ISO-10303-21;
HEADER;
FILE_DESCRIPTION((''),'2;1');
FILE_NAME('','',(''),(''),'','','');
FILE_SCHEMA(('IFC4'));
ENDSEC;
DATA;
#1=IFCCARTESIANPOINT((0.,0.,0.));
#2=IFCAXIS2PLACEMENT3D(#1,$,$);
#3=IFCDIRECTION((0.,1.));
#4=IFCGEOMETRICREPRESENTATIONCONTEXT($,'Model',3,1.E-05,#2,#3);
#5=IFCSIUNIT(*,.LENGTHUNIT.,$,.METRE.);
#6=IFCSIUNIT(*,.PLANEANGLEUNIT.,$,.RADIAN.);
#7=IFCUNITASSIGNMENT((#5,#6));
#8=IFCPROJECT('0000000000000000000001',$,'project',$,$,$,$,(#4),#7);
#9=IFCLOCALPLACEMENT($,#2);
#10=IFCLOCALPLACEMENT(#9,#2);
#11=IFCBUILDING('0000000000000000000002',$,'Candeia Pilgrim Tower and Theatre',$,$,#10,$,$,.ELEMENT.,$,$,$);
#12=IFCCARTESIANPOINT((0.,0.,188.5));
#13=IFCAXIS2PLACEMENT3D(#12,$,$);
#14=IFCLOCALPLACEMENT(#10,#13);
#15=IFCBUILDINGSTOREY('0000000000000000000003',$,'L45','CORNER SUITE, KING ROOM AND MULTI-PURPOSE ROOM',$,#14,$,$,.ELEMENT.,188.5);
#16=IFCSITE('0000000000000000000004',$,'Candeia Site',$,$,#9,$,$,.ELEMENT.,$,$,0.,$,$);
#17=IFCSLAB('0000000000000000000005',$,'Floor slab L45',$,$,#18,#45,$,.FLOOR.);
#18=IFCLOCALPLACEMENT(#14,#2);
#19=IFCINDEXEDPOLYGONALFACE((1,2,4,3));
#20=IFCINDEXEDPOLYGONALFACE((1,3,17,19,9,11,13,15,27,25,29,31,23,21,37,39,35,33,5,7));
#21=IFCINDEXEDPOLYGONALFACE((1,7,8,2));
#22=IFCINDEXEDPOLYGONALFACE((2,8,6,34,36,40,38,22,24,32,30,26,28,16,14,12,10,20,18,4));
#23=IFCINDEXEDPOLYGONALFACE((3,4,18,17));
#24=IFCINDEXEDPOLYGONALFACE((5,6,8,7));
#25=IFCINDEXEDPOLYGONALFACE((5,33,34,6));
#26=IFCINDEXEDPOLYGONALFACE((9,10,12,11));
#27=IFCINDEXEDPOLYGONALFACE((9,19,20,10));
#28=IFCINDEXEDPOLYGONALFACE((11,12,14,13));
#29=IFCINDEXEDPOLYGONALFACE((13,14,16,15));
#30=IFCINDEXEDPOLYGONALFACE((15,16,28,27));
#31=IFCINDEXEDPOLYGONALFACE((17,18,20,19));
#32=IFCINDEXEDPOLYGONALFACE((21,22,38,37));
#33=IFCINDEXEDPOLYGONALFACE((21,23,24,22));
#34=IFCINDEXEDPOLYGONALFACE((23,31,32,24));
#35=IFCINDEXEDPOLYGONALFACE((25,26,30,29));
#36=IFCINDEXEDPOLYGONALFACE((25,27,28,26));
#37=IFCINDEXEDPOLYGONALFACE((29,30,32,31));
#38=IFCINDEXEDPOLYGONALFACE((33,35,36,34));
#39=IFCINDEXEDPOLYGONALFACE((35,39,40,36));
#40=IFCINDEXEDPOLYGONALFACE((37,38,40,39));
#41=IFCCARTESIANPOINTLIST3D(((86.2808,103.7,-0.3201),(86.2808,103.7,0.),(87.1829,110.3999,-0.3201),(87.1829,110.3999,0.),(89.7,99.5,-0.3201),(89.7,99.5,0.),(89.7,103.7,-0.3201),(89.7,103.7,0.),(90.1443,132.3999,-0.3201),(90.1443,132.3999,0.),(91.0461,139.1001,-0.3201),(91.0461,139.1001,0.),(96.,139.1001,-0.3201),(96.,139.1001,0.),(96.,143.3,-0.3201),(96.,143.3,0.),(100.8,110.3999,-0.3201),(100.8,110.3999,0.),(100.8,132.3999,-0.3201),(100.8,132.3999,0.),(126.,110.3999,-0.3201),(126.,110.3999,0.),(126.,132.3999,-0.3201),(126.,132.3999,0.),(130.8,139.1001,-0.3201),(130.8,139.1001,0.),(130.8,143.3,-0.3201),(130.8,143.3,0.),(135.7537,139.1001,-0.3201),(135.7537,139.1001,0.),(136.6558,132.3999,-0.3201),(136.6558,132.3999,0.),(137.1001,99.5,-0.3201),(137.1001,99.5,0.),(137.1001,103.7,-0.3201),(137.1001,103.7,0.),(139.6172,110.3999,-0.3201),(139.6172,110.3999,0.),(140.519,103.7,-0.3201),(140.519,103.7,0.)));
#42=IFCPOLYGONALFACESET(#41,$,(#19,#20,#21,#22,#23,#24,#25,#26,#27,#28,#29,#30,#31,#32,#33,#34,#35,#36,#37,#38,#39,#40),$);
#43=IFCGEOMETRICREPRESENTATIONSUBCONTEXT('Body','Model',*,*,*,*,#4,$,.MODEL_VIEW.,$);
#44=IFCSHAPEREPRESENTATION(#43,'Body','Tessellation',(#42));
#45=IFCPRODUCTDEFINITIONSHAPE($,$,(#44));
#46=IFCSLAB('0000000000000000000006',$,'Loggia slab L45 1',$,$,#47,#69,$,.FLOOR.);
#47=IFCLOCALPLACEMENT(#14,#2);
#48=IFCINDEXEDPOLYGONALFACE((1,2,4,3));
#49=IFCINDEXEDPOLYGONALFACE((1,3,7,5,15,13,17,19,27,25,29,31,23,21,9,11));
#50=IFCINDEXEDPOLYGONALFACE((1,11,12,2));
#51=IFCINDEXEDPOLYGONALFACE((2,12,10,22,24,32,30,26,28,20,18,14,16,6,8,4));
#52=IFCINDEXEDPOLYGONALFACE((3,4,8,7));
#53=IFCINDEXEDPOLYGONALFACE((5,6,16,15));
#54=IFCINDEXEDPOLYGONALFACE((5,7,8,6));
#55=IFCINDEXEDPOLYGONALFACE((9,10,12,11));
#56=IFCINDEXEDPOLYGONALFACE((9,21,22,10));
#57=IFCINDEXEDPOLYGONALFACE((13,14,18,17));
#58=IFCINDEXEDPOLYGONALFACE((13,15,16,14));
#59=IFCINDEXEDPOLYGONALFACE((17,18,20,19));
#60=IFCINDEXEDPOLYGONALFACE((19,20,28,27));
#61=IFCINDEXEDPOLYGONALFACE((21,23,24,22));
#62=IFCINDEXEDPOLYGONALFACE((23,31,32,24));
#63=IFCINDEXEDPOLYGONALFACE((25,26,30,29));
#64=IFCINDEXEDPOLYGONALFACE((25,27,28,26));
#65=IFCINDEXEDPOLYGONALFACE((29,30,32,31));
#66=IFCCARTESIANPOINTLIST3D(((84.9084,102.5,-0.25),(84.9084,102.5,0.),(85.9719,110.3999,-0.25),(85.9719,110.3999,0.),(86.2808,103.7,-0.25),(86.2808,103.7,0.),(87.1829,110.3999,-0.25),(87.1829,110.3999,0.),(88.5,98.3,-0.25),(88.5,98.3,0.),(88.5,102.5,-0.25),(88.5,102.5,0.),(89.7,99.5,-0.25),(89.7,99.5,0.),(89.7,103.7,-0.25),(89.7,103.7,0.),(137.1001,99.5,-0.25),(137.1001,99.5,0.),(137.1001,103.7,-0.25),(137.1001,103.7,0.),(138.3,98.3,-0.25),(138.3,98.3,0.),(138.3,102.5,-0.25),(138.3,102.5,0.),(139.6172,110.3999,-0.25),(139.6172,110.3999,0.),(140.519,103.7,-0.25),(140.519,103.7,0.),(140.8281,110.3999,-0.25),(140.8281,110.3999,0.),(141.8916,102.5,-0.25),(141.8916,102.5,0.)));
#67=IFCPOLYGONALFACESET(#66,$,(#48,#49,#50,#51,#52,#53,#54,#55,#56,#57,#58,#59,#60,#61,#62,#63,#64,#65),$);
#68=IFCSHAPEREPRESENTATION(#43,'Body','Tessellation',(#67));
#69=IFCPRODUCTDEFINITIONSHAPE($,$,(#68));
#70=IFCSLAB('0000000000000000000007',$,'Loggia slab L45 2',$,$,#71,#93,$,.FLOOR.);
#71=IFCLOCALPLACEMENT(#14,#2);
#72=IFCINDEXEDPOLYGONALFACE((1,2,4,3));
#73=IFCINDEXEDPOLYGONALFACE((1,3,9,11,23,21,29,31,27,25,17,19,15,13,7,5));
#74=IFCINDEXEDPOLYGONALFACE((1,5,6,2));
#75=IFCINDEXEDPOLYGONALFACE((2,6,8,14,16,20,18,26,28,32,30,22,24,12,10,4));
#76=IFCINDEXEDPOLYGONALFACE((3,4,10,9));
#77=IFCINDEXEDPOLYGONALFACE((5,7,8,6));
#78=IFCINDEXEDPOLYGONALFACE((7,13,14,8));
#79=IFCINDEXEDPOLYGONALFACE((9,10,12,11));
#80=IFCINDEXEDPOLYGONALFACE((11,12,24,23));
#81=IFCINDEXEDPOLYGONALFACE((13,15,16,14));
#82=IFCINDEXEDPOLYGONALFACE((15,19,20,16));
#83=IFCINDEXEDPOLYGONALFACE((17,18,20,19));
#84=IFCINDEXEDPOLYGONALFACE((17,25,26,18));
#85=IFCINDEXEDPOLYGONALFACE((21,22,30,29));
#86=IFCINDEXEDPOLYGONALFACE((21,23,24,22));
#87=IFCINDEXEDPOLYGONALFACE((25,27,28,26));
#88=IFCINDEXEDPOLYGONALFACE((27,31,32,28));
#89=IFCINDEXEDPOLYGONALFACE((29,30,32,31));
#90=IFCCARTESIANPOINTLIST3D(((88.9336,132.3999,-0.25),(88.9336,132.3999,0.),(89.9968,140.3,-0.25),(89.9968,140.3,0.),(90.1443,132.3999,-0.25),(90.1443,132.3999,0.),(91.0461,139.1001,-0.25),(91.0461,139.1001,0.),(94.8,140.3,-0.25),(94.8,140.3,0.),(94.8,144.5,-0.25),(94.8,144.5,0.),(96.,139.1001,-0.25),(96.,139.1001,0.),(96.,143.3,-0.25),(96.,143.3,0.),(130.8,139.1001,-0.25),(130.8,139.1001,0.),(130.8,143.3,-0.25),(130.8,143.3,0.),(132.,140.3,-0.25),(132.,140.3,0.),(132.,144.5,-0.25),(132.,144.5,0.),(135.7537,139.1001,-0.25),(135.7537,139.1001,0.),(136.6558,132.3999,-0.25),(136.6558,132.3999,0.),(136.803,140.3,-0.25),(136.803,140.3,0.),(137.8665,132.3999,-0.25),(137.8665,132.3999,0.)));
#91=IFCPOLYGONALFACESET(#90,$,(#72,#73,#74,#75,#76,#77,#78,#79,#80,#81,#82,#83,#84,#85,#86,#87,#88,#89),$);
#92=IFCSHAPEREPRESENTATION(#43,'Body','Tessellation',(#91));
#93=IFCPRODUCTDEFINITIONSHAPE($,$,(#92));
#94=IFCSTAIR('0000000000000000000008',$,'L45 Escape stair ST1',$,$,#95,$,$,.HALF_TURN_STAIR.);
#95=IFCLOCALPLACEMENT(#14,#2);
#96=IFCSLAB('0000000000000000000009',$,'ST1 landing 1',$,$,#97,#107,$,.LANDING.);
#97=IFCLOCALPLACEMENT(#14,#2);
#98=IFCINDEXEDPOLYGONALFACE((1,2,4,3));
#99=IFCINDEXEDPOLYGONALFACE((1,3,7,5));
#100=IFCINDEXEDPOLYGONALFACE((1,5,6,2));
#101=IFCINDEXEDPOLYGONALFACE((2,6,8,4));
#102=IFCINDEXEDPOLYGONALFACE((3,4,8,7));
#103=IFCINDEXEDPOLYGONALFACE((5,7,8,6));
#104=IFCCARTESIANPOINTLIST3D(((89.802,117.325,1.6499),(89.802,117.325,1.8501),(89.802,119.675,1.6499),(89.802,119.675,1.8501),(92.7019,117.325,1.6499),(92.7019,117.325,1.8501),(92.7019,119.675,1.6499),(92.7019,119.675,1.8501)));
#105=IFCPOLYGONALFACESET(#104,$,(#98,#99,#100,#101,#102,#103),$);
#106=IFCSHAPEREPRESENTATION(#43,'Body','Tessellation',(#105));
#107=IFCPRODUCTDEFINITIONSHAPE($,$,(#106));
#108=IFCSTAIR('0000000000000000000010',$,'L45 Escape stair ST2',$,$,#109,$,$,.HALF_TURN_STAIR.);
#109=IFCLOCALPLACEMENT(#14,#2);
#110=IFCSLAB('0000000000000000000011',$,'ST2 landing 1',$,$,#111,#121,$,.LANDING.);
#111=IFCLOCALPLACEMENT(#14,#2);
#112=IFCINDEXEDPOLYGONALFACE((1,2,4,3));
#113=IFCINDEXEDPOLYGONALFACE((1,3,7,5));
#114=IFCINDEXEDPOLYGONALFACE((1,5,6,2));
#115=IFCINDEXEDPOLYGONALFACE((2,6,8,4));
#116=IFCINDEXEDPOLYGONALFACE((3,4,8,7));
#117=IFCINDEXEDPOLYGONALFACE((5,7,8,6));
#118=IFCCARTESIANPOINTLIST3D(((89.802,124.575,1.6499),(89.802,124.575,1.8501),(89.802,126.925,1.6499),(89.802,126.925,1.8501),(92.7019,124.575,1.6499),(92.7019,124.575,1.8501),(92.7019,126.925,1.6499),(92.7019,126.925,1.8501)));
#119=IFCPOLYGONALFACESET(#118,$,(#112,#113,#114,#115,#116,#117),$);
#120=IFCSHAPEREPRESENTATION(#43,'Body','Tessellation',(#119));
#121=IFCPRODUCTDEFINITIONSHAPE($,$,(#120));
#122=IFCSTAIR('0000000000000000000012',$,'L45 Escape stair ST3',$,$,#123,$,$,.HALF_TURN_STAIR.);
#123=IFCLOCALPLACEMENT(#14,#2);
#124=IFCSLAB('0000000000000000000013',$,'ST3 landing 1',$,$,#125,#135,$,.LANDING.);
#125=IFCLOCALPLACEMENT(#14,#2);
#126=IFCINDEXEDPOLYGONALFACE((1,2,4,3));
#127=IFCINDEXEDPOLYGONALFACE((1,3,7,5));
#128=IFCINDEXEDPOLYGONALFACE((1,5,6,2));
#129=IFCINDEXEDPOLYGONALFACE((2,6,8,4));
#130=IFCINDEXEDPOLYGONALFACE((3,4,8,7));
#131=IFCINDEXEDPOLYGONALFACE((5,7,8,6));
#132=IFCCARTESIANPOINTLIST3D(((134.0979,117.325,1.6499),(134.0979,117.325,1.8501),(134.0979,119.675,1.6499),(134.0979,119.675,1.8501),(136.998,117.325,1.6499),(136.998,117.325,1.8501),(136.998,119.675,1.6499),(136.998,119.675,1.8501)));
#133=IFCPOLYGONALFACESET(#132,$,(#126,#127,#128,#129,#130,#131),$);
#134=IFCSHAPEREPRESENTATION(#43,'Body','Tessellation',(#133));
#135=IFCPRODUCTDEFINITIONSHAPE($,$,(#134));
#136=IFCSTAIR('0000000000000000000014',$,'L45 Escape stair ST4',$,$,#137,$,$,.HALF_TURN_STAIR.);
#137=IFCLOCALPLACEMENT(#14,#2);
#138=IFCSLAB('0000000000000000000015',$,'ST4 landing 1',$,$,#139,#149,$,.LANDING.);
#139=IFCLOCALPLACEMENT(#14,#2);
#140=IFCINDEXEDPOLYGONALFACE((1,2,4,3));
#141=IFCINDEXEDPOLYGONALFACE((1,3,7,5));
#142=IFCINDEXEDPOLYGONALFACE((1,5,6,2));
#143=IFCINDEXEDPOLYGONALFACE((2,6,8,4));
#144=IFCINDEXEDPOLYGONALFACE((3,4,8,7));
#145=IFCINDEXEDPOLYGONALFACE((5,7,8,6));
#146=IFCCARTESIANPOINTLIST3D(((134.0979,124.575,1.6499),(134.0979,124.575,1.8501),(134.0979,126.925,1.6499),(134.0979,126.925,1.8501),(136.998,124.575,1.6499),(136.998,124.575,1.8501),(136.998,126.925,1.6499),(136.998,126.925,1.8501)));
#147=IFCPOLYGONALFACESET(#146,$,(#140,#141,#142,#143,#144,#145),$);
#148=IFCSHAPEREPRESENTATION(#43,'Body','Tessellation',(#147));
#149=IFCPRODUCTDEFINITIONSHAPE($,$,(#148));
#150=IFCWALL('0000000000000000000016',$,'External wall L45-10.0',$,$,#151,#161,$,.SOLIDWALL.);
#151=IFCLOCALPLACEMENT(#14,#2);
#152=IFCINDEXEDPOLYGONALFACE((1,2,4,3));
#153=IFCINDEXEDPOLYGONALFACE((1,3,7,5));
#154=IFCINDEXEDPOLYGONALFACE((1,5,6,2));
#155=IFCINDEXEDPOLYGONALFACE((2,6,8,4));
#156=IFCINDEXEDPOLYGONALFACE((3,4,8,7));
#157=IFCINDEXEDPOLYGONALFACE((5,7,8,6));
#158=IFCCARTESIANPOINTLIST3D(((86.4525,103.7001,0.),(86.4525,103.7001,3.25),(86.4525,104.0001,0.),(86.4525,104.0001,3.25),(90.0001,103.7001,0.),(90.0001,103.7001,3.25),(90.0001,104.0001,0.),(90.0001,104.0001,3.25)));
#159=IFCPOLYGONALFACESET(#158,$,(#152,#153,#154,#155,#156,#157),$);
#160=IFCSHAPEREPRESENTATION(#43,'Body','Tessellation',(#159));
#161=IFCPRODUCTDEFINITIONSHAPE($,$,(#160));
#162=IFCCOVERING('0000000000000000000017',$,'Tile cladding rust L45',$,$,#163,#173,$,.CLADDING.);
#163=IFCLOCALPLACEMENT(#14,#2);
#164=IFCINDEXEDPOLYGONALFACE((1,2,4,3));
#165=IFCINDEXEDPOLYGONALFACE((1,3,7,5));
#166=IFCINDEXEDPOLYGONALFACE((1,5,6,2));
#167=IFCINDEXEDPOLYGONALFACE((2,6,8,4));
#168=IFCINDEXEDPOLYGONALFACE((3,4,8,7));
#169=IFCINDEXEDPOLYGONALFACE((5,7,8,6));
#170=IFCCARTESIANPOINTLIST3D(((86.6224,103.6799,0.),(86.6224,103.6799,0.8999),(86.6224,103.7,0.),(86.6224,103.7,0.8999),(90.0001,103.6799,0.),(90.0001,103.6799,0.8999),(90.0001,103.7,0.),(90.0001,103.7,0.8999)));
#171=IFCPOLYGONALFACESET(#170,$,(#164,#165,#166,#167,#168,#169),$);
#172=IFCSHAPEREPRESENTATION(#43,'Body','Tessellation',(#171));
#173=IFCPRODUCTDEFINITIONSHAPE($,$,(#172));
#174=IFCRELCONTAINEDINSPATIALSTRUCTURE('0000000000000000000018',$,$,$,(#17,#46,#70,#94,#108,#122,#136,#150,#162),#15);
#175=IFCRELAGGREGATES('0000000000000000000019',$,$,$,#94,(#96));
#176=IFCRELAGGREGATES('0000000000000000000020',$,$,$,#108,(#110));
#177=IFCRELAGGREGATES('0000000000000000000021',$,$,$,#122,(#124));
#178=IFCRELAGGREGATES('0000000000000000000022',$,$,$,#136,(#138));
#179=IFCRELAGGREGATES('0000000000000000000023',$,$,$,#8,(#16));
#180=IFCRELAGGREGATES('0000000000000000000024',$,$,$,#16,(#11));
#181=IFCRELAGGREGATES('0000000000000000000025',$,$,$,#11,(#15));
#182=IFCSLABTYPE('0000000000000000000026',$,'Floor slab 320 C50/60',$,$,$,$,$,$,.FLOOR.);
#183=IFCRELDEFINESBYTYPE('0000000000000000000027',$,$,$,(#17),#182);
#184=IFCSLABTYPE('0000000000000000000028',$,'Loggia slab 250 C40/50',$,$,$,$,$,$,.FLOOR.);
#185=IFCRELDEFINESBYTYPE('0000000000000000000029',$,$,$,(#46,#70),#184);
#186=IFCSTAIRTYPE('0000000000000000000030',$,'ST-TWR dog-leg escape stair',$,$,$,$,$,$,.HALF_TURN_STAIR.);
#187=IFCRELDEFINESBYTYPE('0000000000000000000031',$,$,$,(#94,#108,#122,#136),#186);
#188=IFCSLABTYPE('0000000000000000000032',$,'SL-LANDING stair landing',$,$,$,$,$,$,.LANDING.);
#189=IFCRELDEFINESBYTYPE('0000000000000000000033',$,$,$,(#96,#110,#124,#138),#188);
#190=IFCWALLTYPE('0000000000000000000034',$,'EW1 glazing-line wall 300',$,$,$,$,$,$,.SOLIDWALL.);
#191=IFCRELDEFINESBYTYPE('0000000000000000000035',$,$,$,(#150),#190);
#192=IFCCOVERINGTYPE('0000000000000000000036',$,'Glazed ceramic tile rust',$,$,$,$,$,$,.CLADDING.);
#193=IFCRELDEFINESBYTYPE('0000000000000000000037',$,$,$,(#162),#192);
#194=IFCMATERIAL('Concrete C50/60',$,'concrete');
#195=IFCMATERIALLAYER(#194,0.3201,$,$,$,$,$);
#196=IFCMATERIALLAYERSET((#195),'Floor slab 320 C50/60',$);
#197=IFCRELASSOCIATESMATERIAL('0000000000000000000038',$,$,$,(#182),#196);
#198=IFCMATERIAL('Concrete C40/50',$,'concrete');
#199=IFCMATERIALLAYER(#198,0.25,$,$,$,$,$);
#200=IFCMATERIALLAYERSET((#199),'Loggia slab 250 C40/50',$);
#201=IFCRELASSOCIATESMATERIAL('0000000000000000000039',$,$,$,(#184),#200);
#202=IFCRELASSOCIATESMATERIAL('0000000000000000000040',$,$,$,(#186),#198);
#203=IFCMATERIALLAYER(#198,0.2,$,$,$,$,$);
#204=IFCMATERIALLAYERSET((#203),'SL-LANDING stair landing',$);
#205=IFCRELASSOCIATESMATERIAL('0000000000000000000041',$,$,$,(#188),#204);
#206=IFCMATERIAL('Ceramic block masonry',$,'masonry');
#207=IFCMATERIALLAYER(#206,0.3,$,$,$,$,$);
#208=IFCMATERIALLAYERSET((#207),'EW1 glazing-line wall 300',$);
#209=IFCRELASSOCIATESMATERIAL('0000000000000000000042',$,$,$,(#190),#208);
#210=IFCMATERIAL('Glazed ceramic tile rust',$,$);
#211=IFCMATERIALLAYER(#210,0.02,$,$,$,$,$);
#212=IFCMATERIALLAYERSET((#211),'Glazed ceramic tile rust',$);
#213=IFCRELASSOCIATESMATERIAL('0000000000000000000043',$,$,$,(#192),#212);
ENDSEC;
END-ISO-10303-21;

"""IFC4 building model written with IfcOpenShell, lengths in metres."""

from ifc_helpers import new_model, si_unit, direction, frame, frame_2d, origin, origin_2d, place, context, subcontext, project, spatial, polyline, rectangle, outline, extrude, material, layer, layer_set, type_object, element, aggregate, save


model = new_model("IFC4")

# Units and contexts
model_context = context("Model", 3, precision=1e-05, world=origin(), true_north=direction((0.0, 1.0)))
body_context = subcontext(model_context, "Body", "Model", "MODEL_VIEW")
ifc_project = project(units=[si_unit("LENGTHUNIT", "METRE"), si_unit("PLANEANGLEUNIT", "RADIAN")], contexts=[model_context])

# Site, building, storey
site_placement = place(None, origin())
site = spatial("IfcSite", under=ifc_project, at=site_placement, Name="Candeia Site", CompositionType="ELEMENT", RefElevation=0.0)
building_placement = place(site_placement, origin())
building = spatial("IfcBuilding", under=site, at=building_placement, Name="Candeia Pilgrim Tower and Theatre", CompositionType="ELEMENT")
storey_placement = place(building_placement, frame((0.0, 0.0, 188.5)))
storey = spatial("IfcBuildingStorey", under=building, at=storey_placement, Name="L45", Description="CORNER SUITE, KING ROOM AND MULTI-PURPOSE ROOM", CompositionType="ELEMENT", Elevation=188.5)

# Slabs
ifc_material_1 = material(Name="Concrete C40/50", Category="concrete")
ifc_material_2 = material(Name="Concrete C50/60", Category="concrete")
ifc_layer_1 = layer(ifc_material_2, 0.3201)
ifc_layer_set_1 = layer_set([ifc_layer_1], Name="Floor slab 320 C50/60")
slab_type_1 = type_object("IfcSlabType", Name="Floor slab 320 C50/60", PredefinedType="FLOOR", material=ifc_layer_set_1)
slab_1_placement = place(storey_placement, frame((0.0, 0.0, -0.3201)))
element("IfcSlab", 1, at=slab_1_placement, inside=storey, type_object=slab_type_1, Name="Floor slab L45", PredefinedType="FLOOR", context=body_context, shape_type="SweptSolid", body=[
    extrude(outline(polyline([(96.0, 139.1001), (96.0, 143.3), (130.8, 143.3), (130.8, 139.1001), (135.7537, 139.1001), (136.6558, 132.3999), (126.0, 132.3999), (126.0, 110.3999), (139.6172, 110.3999), (140.519, 103.7), (137.1001, 103.7), (137.1001, 99.5), (89.7, 99.5), (89.7, 103.7), (86.2808, 103.7), (87.1829, 110.3999), (100.8, 110.3999), (100.8, 132.3999), (90.1443, 132.3999), (91.0461, 139.1001), (96.0, 139.1001)])), origin(), (0.0, 0.0, 1.0), 0.3201),
])
ifc_layer_2 = layer(ifc_material_1, 0.25)
ifc_layer_set_2 = layer_set([ifc_layer_2], Name="Loggia slab 250 C40/50")
slab_type_2 = type_object("IfcSlabType", Name="Loggia slab 250 C40/50", PredefinedType="FLOOR", material=ifc_layer_set_2)
slab_2_placement = place(storey_placement, frame((0.0, 0.0, -0.25)))
element("IfcSlab", 2, at=slab_2_placement, inside=storey, type_object=slab_type_2, Name="Loggia slab L45 1", PredefinedType="FLOOR", context=body_context, shape_type="SweptSolid", body=[
    extrude(outline(polyline([(87.1829, 110.3999), (86.2808, 103.7), (89.7, 103.7), (89.7, 99.5), (137.1001, 99.5), (137.1001, 103.7), (140.519, 103.7), (139.6172, 110.3999), (140.8281, 110.3999), (141.8916, 102.5), (138.3, 102.5), (138.3, 98.3), (88.5, 98.3), (88.5, 102.5), (84.9084, 102.5), (85.9719, 110.3999), (87.1829, 110.3999)])), origin(), (0.0, 0.0, 1.0), 0.25),
])
slab_3_placement = place(storey_placement, frame((0.0, 0.0, -0.25)))
element("IfcSlab", 3, at=slab_3_placement, inside=storey, type_object=slab_type_2, Name="Loggia slab L45 2", PredefinedType="FLOOR", context=body_context, shape_type="SweptSolid", body=[
    extrude(outline(polyline([(136.6558, 132.3999), (135.7537, 139.1001), (130.8, 139.1001), (130.8, 143.3), (96.0, 143.3), (96.0, 139.1001), (91.0461, 139.1001), (90.1443, 132.3999), (88.9336, 132.3999), (89.9968, 140.3), (94.8, 140.3), (94.8, 144.5), (132.0, 144.5), (132.0, 140.3), (136.803, 140.3), (137.8665, 132.3999), (136.6558, 132.3999)])), origin(), (0.0, 0.0, 1.0), 0.25),
])

# Stairs, slabs
stair_type = type_object("IfcStairType", Name="ST-TWR dog-leg escape stair", PredefinedType="HALF_TURN_STAIR", material=ifc_material_1)
stair_1_placement = place(storey_placement, origin())
stair_1 = element("IfcStair", 4, at=stair_1_placement, inside=storey, type_object=stair_type, Name="L45 Escape stair ST1", PredefinedType="HALF_TURN_STAIR")
ifc_layer_3 = layer(ifc_material_1, 0.2)
ifc_layer_set_3 = layer_set([ifc_layer_3], Name="SL-LANDING stair landing")
slab_type_3 = type_object("IfcSlabType", Name="SL-LANDING stair landing", PredefinedType="LANDING", material=ifc_layer_set_3)
slab_4_placement = place(storey_placement, frame((0.0, 0.0, 1.6499)))
slab_4 = element("IfcSlab", 5, at=slab_4_placement, type_object=slab_type_3, Name="ST1 landing 1", PredefinedType="LANDING", context=body_context, shape_type="SweptSolid", body=[
    extrude(outline(polyline([(89.802, 119.675), (89.802, 117.325), (92.7019, 117.325), (92.7019, 119.675), (89.802, 119.675)])), origin(), (0.0, 0.0, 1.0), 0.2002),
])
aggregate(stair_1, [slab_4])
stair_2_placement = place(storey_placement, origin())
stair_2 = element("IfcStair", 6, at=stair_2_placement, inside=storey, type_object=stair_type, Name="L45 Escape stair ST2", PredefinedType="HALF_TURN_STAIR")
slab_5_placement = place(storey_placement, frame((0.0, 0.0, 1.6499)))
slab_5 = element("IfcSlab", 7, at=slab_5_placement, type_object=slab_type_3, Name="ST2 landing 1", PredefinedType="LANDING", context=body_context, shape_type="SweptSolid", body=[
    extrude(outline(polyline([(89.802, 126.925), (89.802, 124.575), (92.7019, 124.575), (92.7019, 126.925), (89.802, 126.925)])), origin(), (0.0, 0.0, 1.0), 0.2002),
])
aggregate(stair_2, [slab_5])
stair_3_placement = place(storey_placement, origin())
stair_3 = element("IfcStair", 8, at=stair_3_placement, inside=storey, type_object=stair_type, Name="L45 Escape stair ST3", PredefinedType="HALF_TURN_STAIR")
slab_6_placement = place(storey_placement, frame((0.0, 0.0, 1.6499)))
slab_6 = element("IfcSlab", 9, at=slab_6_placement, type_object=slab_type_3, Name="ST3 landing 1", PredefinedType="LANDING", context=body_context, shape_type="SweptSolid", body=[
    extrude(outline(polyline([(134.0979, 119.675), (134.0979, 117.325), (136.998, 117.325), (136.998, 119.675), (134.0979, 119.675)])), origin(), (0.0, 0.0, 1.0), 0.2002),
])
aggregate(stair_3, [slab_6])
stair_4_placement = place(storey_placement, origin())
stair_4 = element("IfcStair", 10, at=stair_4_placement, inside=storey, type_object=stair_type, Name="L45 Escape stair ST4", PredefinedType="HALF_TURN_STAIR")
slab_7_placement = place(storey_placement, frame((0.0, 0.0, 1.6499)))
slab_7 = element("IfcSlab", 11, at=slab_7_placement, type_object=slab_type_3, Name="ST4 landing 1", PredefinedType="LANDING", context=body_context, shape_type="SweptSolid", body=[
    extrude(outline(polyline([(134.0979, 126.925), (134.0979, 124.575), (136.998, 124.575), (136.998, 126.925), (134.0979, 126.925)])), origin(), (0.0, 0.0, 1.0), 0.2002),
])
aggregate(stair_4, [slab_7])

# Wall
ifc_material_3 = material(Name="Ceramic block masonry", Category="masonry")
ifc_layer_4 = layer(ifc_material_3, 0.3)
ifc_layer_set_4 = layer_set([ifc_layer_4], Name="EW1 glazing-line wall 300")
wall_type = type_object("IfcWallType", Name="EW1 glazing-line wall 300", PredefinedType="SOLIDWALL", material=ifc_layer_set_4)
wall_placement = place(storey_placement, frame((86.4524, 103.8501, 0.0), z_axis=(0.0, 0.0, 1.0), x_axis=(1.0, 0.0, 0.0)))
element("IfcWall", 12, at=wall_placement, inside=storey, type_object=wall_type, Name="External wall L45-10.0", PredefinedType="SOLIDWALL", context=body_context, shape_type="SweptSolid", body=[
    extrude(rectangle(XDim=3.5476, YDim=0.3, at=frame_2d((1.7739, 0.0))), origin(), (0.0, 0.0, 1.0), 3.25),
])

# Covering
ifc_material_4 = material(Name="Glazed ceramic tile rust")
ifc_layer_5 = layer(ifc_material_4, 0.02)
ifc_layer_set_5 = layer_set([ifc_layer_5], Name="Glazed ceramic tile rust")
covering_type = type_object("IfcCoveringType", Name="Glazed ceramic tile rust", PredefinedType="CLADDING", material=ifc_layer_set_5)
covering_placement = place(storey_placement, frame((88.3113, 103.6899, 0.0), z_axis=(0.0, 0.0, 1.0), x_axis=(1.0, 0.0, 0.0)))
element("IfcCovering", 13, at=covering_placement, inside=storey, type_object=covering_type, Name="Tile cladding rust L45", PredefinedType="CLADDING", context=body_context, shape_type="SweptSolid", body=[
    extrude(rectangle(XDim=3.3777, YDim=0.02, at=origin_2d()), origin(), (0.0, 0.0, 1.0), 0.8999),
])

save(model, "model.ifc")
